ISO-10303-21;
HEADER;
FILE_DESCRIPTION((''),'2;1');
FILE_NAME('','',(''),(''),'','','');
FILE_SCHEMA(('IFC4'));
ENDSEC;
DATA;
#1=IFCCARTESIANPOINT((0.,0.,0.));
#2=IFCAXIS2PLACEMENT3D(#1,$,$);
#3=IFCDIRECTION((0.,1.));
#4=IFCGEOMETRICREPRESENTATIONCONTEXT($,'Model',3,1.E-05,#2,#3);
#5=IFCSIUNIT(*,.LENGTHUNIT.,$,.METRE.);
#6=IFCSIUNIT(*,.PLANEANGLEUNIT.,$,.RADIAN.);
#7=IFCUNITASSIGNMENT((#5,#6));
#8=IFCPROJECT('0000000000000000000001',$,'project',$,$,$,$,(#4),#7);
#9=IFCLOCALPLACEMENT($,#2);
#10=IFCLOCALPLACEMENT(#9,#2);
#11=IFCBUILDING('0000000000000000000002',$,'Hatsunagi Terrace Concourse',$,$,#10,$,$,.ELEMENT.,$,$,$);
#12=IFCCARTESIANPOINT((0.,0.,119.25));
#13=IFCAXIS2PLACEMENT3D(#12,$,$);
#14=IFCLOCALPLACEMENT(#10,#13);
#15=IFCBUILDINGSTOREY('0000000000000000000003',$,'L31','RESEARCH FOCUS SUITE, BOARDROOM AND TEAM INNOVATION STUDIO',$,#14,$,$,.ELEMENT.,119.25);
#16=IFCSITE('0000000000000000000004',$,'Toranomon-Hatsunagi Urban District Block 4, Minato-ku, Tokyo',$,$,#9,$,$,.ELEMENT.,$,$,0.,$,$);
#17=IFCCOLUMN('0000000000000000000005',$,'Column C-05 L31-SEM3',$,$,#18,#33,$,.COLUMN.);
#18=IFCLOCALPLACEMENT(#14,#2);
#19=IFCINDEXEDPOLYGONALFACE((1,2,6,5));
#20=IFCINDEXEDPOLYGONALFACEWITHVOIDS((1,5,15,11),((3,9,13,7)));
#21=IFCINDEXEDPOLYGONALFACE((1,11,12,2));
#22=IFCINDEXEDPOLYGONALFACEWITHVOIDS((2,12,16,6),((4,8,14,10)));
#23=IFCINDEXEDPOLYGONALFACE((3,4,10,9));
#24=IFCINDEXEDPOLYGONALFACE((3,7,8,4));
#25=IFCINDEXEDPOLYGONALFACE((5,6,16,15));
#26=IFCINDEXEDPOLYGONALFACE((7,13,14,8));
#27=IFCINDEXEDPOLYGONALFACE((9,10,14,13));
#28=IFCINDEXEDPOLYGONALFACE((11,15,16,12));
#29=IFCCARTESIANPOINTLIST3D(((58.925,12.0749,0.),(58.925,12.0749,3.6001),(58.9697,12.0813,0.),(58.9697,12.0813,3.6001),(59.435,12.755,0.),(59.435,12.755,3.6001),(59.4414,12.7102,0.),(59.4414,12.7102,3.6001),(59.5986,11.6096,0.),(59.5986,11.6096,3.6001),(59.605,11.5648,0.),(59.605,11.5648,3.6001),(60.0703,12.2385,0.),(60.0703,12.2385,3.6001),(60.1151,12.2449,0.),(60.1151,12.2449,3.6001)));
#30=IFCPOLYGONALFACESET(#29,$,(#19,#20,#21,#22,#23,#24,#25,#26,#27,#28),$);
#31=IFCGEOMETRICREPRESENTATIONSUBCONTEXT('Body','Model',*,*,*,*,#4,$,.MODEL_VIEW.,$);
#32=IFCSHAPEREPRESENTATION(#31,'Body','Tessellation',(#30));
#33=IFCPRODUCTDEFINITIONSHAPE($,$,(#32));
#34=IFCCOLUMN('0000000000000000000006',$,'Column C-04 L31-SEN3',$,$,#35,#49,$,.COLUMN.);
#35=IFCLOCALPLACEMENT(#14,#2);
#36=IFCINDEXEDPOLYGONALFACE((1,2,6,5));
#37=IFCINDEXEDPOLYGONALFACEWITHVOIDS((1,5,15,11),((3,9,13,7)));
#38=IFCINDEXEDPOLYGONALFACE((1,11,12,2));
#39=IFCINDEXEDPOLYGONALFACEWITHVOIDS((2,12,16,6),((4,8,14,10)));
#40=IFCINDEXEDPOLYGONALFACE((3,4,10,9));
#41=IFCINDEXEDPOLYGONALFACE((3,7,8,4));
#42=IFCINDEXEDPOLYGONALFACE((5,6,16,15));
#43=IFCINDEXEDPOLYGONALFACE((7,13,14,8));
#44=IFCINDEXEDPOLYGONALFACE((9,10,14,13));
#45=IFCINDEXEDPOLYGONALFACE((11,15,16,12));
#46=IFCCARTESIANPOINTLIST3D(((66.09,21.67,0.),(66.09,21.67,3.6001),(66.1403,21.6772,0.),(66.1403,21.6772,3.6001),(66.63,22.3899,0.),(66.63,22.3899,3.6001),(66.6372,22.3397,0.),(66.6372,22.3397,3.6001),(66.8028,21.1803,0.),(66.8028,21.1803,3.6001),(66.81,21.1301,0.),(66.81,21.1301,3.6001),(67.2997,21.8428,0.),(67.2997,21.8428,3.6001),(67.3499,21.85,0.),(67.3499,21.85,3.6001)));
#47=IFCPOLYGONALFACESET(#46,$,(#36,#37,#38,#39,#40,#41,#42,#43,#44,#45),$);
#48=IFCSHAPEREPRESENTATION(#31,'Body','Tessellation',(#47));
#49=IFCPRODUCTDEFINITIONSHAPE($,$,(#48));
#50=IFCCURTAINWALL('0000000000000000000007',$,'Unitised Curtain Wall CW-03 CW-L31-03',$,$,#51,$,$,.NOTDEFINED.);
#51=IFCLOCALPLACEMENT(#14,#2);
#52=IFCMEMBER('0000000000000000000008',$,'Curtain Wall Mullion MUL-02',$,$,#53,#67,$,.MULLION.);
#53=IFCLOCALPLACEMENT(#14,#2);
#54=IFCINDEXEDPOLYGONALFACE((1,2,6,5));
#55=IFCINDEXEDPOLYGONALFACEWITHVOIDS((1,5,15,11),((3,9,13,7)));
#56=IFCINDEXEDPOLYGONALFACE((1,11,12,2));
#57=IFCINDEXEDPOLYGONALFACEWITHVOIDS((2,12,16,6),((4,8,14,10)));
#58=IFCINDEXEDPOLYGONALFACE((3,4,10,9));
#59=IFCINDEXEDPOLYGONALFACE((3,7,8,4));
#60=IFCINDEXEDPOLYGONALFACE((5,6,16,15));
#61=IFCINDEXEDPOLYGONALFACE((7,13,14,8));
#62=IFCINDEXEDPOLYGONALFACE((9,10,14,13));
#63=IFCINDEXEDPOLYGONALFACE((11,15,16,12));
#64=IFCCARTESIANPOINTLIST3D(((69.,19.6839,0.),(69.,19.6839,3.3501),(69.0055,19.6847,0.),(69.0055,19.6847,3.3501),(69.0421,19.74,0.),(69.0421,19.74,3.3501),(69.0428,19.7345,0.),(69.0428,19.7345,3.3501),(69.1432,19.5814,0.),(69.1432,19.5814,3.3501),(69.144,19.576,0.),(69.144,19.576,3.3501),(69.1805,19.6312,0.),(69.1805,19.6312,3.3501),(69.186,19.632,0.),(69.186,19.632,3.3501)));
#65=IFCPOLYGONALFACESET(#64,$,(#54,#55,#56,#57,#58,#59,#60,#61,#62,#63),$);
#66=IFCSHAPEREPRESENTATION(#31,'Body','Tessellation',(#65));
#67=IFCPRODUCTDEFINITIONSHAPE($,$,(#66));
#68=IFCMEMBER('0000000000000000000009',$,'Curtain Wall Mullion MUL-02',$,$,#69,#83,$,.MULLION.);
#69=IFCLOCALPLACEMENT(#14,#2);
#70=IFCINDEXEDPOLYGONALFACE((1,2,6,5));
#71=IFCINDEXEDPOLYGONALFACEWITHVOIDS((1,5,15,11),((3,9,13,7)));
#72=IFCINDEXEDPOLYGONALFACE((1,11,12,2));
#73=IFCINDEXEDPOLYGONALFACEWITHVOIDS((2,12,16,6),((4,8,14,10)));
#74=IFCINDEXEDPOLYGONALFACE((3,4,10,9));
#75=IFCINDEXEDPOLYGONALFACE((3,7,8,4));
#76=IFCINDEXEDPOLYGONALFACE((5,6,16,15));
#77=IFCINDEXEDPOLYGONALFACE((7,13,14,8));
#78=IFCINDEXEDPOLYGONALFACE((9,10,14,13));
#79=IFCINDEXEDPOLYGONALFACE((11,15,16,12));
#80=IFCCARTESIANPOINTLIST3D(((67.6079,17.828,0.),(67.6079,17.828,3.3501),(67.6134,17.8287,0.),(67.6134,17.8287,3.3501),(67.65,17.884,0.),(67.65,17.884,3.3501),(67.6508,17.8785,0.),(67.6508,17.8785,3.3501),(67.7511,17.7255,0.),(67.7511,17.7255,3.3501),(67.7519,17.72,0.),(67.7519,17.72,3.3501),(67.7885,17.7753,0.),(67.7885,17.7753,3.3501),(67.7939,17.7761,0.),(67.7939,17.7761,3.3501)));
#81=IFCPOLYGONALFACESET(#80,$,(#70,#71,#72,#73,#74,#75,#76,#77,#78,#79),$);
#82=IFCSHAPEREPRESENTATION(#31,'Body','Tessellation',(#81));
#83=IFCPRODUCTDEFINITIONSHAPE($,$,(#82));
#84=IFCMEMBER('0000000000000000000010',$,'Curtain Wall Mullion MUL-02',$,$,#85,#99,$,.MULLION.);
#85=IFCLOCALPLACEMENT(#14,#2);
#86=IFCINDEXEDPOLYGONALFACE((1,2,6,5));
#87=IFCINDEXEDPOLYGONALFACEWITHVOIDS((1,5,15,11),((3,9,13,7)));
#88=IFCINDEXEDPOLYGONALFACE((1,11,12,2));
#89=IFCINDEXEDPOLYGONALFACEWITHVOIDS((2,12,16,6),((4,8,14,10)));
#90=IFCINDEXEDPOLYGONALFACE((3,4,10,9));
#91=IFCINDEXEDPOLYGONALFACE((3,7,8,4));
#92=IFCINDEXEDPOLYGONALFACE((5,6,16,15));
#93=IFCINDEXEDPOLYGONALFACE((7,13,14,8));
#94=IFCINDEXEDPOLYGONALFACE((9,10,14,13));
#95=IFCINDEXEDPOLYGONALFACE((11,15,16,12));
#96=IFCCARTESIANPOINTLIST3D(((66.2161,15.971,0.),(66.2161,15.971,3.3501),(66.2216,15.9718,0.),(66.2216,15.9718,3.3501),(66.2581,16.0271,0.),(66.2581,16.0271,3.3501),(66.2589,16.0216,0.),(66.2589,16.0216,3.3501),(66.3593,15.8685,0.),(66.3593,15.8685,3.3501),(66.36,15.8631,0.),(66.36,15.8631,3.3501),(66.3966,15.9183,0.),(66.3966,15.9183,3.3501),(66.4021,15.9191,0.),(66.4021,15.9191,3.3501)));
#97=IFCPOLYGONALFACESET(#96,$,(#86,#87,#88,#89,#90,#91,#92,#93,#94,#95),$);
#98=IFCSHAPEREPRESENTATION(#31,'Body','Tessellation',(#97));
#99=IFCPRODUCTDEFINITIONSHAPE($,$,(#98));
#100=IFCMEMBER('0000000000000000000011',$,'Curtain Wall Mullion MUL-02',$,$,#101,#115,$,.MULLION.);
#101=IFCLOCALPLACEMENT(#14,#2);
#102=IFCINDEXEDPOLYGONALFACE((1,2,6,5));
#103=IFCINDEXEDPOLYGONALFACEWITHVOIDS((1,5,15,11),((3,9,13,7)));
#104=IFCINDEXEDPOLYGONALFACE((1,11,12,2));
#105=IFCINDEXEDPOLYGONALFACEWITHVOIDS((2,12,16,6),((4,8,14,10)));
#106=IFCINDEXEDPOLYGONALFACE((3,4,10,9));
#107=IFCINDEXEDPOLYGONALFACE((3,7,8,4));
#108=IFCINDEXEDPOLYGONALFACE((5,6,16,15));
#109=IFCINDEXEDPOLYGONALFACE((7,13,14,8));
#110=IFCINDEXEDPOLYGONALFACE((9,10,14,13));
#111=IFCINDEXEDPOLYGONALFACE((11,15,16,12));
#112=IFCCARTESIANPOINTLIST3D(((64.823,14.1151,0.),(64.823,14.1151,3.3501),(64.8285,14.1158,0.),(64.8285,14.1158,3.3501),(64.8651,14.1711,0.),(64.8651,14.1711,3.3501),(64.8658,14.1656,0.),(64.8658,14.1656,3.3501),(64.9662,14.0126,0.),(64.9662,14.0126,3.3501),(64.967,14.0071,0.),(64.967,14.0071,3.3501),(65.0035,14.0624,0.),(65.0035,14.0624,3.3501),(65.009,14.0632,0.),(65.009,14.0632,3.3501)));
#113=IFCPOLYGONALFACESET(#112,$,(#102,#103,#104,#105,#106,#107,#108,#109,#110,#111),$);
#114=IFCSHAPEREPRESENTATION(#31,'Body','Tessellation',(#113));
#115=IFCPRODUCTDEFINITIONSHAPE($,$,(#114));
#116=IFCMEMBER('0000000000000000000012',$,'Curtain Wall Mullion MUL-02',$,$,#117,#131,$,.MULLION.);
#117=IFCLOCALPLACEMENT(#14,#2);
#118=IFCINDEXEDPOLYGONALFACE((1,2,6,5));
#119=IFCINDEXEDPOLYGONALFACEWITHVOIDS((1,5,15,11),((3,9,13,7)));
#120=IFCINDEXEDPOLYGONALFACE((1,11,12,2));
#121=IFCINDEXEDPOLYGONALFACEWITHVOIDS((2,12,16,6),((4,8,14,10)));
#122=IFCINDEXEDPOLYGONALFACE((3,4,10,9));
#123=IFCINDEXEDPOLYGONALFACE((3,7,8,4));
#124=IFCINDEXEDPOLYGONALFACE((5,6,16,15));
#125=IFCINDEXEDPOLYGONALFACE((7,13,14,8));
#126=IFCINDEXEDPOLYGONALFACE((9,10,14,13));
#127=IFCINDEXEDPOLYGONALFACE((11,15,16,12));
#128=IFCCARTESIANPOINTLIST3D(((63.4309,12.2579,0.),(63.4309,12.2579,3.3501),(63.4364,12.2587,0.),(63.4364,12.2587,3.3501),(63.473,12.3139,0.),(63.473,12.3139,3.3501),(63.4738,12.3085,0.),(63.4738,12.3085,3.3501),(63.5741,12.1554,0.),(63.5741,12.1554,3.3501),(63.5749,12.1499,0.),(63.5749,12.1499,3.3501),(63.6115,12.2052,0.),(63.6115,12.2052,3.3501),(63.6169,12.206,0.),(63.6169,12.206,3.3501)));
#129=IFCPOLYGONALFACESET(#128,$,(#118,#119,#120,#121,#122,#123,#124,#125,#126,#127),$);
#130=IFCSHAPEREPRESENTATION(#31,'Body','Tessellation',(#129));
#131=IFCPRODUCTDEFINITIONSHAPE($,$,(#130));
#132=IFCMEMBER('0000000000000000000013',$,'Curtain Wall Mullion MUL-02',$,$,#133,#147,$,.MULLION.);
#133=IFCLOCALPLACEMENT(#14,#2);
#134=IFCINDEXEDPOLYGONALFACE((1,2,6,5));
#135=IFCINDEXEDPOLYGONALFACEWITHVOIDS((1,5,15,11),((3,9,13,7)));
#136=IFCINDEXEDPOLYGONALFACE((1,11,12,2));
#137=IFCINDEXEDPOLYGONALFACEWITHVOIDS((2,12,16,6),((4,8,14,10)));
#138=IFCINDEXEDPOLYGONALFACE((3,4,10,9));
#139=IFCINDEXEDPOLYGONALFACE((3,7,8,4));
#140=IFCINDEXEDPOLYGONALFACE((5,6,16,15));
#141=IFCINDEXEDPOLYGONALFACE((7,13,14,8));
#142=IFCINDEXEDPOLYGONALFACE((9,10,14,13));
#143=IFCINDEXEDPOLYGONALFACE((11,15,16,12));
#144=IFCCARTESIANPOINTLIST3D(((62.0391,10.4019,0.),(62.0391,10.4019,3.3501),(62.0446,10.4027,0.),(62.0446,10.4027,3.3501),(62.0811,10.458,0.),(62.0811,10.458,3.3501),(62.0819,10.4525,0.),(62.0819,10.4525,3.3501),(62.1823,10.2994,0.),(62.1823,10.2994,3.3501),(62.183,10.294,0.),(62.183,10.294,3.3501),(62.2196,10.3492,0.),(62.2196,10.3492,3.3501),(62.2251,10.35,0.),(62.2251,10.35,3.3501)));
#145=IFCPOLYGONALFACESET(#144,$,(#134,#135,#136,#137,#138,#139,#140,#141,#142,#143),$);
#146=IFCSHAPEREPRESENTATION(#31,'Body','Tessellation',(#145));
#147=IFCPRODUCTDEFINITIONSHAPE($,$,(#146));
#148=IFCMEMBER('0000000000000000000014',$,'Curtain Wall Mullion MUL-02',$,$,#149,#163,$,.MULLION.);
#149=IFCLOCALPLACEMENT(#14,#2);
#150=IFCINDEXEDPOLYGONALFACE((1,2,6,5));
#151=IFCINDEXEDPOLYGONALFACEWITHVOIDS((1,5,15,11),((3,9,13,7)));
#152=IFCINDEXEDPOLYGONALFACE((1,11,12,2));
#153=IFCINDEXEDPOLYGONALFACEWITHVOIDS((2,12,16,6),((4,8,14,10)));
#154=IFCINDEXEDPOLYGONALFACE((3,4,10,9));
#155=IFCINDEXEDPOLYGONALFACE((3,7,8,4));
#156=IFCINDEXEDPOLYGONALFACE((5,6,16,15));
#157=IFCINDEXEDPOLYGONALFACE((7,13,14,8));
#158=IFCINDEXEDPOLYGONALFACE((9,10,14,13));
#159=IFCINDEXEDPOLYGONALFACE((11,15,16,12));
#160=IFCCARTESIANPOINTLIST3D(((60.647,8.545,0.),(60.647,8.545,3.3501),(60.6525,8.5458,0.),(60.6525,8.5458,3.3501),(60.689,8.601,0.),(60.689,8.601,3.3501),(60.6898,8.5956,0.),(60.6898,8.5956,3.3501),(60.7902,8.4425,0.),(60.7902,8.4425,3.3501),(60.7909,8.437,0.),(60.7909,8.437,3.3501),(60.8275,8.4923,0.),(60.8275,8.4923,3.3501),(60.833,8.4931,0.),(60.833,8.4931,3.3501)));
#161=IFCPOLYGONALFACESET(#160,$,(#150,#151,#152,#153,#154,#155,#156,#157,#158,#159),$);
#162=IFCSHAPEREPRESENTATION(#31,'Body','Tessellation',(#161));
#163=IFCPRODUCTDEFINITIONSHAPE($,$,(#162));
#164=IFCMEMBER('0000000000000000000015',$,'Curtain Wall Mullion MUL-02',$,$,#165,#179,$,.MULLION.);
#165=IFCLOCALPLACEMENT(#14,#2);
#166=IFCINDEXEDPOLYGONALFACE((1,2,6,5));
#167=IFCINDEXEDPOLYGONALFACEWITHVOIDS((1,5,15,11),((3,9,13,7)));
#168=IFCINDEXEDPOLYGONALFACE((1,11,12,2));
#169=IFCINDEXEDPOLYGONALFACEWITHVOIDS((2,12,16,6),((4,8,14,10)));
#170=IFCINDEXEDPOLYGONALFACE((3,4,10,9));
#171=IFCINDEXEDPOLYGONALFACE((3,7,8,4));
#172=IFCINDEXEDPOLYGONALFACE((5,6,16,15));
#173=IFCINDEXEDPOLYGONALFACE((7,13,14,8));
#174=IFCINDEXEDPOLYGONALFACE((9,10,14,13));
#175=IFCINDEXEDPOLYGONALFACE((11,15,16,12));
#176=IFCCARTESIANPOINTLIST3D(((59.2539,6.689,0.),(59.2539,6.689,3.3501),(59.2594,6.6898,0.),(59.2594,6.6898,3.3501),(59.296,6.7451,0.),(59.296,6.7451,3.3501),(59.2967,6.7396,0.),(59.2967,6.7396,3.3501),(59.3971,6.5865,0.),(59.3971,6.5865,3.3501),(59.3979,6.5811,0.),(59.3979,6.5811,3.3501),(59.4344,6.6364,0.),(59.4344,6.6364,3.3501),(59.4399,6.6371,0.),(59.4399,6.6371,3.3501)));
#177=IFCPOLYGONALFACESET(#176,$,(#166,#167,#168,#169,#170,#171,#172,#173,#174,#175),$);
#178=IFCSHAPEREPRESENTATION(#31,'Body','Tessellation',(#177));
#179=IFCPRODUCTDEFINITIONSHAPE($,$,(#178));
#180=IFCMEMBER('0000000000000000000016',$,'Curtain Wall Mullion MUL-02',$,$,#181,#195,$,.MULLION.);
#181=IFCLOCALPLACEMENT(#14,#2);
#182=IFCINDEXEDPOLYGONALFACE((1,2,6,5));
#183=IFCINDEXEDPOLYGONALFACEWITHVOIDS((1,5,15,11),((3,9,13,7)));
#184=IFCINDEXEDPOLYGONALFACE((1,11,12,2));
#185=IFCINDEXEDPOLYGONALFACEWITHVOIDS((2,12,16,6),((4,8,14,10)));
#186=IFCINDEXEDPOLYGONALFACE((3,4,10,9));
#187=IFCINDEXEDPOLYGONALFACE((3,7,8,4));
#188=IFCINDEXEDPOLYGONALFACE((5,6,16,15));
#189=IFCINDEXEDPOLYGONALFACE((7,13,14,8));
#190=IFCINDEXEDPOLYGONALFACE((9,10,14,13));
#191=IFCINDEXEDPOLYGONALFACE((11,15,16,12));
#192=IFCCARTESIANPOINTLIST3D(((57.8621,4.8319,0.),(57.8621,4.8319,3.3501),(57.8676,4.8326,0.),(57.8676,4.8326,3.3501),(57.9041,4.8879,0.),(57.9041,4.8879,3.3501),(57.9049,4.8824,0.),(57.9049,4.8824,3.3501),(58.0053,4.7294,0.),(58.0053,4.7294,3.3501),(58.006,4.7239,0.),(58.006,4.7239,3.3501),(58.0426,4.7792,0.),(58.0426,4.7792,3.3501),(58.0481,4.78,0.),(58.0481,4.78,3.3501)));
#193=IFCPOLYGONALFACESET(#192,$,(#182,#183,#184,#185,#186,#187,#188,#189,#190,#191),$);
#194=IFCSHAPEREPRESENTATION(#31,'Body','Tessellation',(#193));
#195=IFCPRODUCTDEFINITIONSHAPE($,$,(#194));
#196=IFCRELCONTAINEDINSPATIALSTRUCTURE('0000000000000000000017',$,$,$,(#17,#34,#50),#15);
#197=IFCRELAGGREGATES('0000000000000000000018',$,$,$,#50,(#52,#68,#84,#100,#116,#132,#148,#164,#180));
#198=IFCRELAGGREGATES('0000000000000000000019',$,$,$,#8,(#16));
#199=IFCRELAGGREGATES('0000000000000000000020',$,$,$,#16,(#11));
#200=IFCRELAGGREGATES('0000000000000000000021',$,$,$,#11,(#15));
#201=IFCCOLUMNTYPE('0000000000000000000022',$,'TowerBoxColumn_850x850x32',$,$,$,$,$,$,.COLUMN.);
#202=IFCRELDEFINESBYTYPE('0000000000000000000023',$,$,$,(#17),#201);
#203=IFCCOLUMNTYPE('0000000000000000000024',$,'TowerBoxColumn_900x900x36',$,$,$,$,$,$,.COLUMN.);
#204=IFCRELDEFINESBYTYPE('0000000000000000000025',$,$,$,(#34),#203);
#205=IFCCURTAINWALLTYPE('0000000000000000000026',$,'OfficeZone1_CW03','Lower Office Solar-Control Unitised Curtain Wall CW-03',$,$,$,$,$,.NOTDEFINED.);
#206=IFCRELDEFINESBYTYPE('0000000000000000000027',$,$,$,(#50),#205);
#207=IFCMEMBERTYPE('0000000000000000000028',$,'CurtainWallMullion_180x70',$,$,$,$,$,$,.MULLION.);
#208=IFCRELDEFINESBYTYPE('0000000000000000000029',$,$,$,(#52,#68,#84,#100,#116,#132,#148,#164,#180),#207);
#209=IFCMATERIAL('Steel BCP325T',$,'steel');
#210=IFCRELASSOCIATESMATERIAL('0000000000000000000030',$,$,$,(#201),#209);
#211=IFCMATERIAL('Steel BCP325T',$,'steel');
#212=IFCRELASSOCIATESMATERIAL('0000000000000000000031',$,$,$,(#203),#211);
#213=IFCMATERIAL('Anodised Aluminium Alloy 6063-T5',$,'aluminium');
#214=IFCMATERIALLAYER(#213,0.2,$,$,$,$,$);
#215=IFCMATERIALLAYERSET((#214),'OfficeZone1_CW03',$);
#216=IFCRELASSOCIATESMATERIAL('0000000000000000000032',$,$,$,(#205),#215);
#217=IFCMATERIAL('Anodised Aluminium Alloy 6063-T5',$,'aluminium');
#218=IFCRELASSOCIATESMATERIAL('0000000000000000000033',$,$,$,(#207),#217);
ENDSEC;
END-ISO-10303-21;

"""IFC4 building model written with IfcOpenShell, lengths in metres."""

from ifc_helpers import new_model, si_unit, direction, frame, origin, origin_2d, place, context, subcontext, project, spatial, hollow_rectangle, extrude, material, layer, layer_set, material_profile, profile_set, type_object, element, aggregate, save


model = new_model("IFC4")

# Units and contexts
model_context = context("Model", 3, precision=1e-05, world=origin(), true_north=direction((0.0, 1.0)))
body_context = subcontext(model_context, "Body", "Model", "MODEL_VIEW")
ifc_project = project(units=[si_unit("LENGTHUNIT", "METRE"), si_unit("PLANEANGLEUNIT", "RADIAN")], contexts=[model_context])

# Site, building, storey
site_placement = place(None, origin())
site = spatial("IfcSite", under=ifc_project, at=site_placement, Name="Toranomon-Hatsunagi Urban District Block 4, Minato-ku, Tokyo", CompositionType="ELEMENT", RefElevation=0.0)
building_placement = place(site_placement, origin())
building = spatial("IfcBuilding", under=site, at=building_placement, Name="Hatsunagi Terrace Concourse", CompositionType="ELEMENT")
storey_placement = place(building_placement, frame((0.0, 0.0, 119.25)))
storey = spatial("IfcBuildingStorey", under=building, at=storey_placement, Name="L31", Description="RESEARCH FOCUS SUITE, BOARDROOM AND TEAM INNOVATION STUDIO", CompositionType="ELEMENT", Elevation=119.25)

# Columns
ifc_material_1 = material(Name="Steel BCP325T", Category="steel")
ifc_material_profile_1 = material_profile(ifc_material_1, hollow_rectangle(XDim=0.8501, YDim=0.8501, WallThickness=0.032, at=origin_2d()), Name="BCP-850x850x32")
ifc_profile_set_1 = profile_set([ifc_material_profile_1], Name="Steel BCP325T")
column_type_1 = type_object("IfcColumnType", Name="TowerBoxColumn_850x850x32", PredefinedType="COLUMN", material=ifc_profile_set_1)
column_1_placement = place(storey_placement, frame((59.52, 12.1599, 0.0), z_axis=(0.0, 0.0, 1.0), x_axis=(0.8, -0.6, 0.0)))
element("IfcColumn", 1, at=column_1_placement, inside=storey, type_object=column_type_1, Name="Column C-05 L31-SEM3", PredefinedType="COLUMN", context=body_context, shape_type="SweptSolid", body=[
    extrude(hollow_rectangle(XDim=0.8501, YDim=0.8501, WallThickness=0.032, at=origin_2d()), origin(), (0.0, 0.0, 1.0), 3.6001),
])
ifc_material_2 = material(Name="Steel BCP325T", Category="steel")
ifc_material_profile_2 = material_profile(ifc_material_2, hollow_rectangle(XDim=0.8999, YDim=0.8999, WallThickness=0.0359, at=origin_2d()), Name="BCP-900x900x36")
ifc_profile_set_2 = profile_set([ifc_material_profile_2], Name="Steel BCP325T")
column_type_2 = type_object("IfcColumnType", Name="TowerBoxColumn_900x900x36", PredefinedType="COLUMN", material=ifc_profile_set_2)
column_2_placement = place(storey_placement, frame((66.72, 21.76, 0.0), z_axis=(0.0, 0.0, 1.0), x_axis=(0.8, -0.6, 0.0)))
element("IfcColumn", 2, at=column_2_placement, inside=storey, type_object=column_type_2, Name="Column C-04 L31-SEN3", PredefinedType="COLUMN", context=body_context, shape_type="SweptSolid", body=[
    extrude(hollow_rectangle(XDim=0.8999, YDim=0.8999, WallThickness=0.0359, at=origin_2d()), origin(), (0.0, 0.0, 1.0), 3.6001),
])

# Curtain wall, members
ifc_material_3 = material(Name="Anodised Aluminium Alloy 6063-T5", Category="aluminium")
ifc_layer_1 = layer(ifc_material_3, 0.2)
ifc_layer_set_1 = layer_set([ifc_layer_1], Name="OfficeZone1_CW03")
curtain_wall_type = type_object("IfcCurtainWallType", Name="OfficeZone1_CW03", Description="Lower Office Solar-Control Unitised Curtain Wall CW-03", PredefinedType="NOTDEFINED", material=ifc_layer_set_1)
curtain_wall_placement = place(storey_placement, origin())
curtain_wall = element("IfcCurtainWall", 3, at=curtain_wall_placement, inside=storey, type_object=curtain_wall_type, Name="Unitised Curtain Wall CW-03 CW-L31-03", PredefinedType="NOTDEFINED")
ifc_material_4 = material(Name="Anodised Aluminium Alloy 6063-T5", Category="aluminium")
ifc_material_profile_3 = material_profile(ifc_material_4, hollow_rectangle(XDim=0.0701, YDim=0.1799, WallThickness=0.0039, at=origin_2d()), Name="ALU-MUL-180x70x4")
ifc_profile_set_3 = profile_set([ifc_material_profile_3], Name="Anodised Aluminium Alloy 6063-T5")
member_type_1 = type_object("IfcMemberType", Name="CurtainWallMullion_180x70", PredefinedType="MULLION", material=ifc_profile_set_3)
member_1_placement = place(storey_placement, frame((69.093, 19.658, 0.0), z_axis=(0.0, 0.0, 1.0), x_axis=(-0.599969, -0.800023, 0.0)))
member_1 = element("IfcMember", 4, at=member_1_placement, type_object=member_type_1, Name="Curtain Wall Mullion MUL-02", PredefinedType="MULLION", context=body_context, shape_type="SweptSolid", body=[
    extrude(hollow_rectangle(XDim=0.0701, YDim=0.1799, WallThickness=0.0039, at=origin_2d()), origin(), (0.0, 0.0, 1.0), 3.3501),
])
member_2_placement = place(storey_placement, frame((67.7009, 17.802, 0.0), z_axis=(0.0, 0.0, 1.0), x_axis=(-0.599969, -0.800023, 0.0)))
member_2 = element("IfcMember", 5, at=member_2_placement, type_object=member_type_1, Name="Curtain Wall Mullion MUL-02", PredefinedType="MULLION", context=body_context, shape_type="SweptSolid", body=[
    extrude(hollow_rectangle(XDim=0.0701, YDim=0.1799, WallThickness=0.0039, at=origin_2d()), origin(), (0.0, 0.0, 1.0), 3.3501),
])
member_3_placement = place(storey_placement, frame((66.3091, 15.9451, 0.0), z_axis=(0.0, 0.0, 1.0), x_axis=(-0.599969, -0.800023, 0.0)))
member_3 = element("IfcMember", 6, at=member_3_placement, type_object=member_type_1, Name="Curtain Wall Mullion MUL-02", PredefinedType="MULLION", context=body_context, shape_type="SweptSolid", body=[
    extrude(hollow_rectangle(XDim=0.0701, YDim=0.1799, WallThickness=0.0039, at=origin_2d()), origin(), (0.0, 0.0, 1.0), 3.3501),
])
member_4_placement = place(storey_placement, frame((64.916, 14.0891, 0.0), z_axis=(0.0, 0.0, 1.0), x_axis=(-0.599969, -0.800023, 0.0)))
member_4 = element("IfcMember", 7, at=member_4_placement, type_object=member_type_1, Name="Curtain Wall Mullion MUL-02", PredefinedType="MULLION", context=body_context, shape_type="SweptSolid", body=[
    extrude(hollow_rectangle(XDim=0.0701, YDim=0.1799, WallThickness=0.0039, at=origin_2d()), origin(), (0.0, 0.0, 1.0), 3.3501),
])
member_5_placement = place(storey_placement, frame((63.5239, 12.2319, 0.0), z_axis=(0.0, 0.0, 1.0), x_axis=(-0.599969, -0.800023, 0.0)))
member_5 = element("IfcMember", 8, at=member_5_placement, type_object=member_type_1, Name="Curtain Wall Mullion MUL-02", PredefinedType="MULLION", context=body_context, shape_type="SweptSolid", body=[
    extrude(hollow_rectangle(XDim=0.0701, YDim=0.1799, WallThickness=0.0039, at=origin_2d()), origin(), (0.0, 0.0, 1.0), 3.3501),
])
member_6_placement = place(storey_placement, frame((62.1321, 10.376, 0.0), z_axis=(0.0, 0.0, 1.0), x_axis=(-0.599969, -0.800023, 0.0)))
member_6 = element("IfcMember", 9, at=member_6_placement, type_object=member_type_1, Name="Curtain Wall Mullion MUL-02", PredefinedType="MULLION", context=body_context, shape_type="SweptSolid", body=[
    extrude(hollow_rectangle(XDim=0.0701, YDim=0.1799, WallThickness=0.0039, at=origin_2d()), origin(), (0.0, 0.0, 1.0), 3.3501),
])
member_7_placement = place(storey_placement, frame((60.74, 8.519, 0.0), z_axis=(0.0, 0.0, 1.0), x_axis=(-0.599969, -0.800023, 0.0)))
member_7 = element("IfcMember", 10, at=member_7_placement, type_object=member_type_1, Name="Curtain Wall Mullion MUL-02", PredefinedType="MULLION", context=body_context, shape_type="SweptSolid", body=[
    extrude(hollow_rectangle(XDim=0.0701, YDim=0.1799, WallThickness=0.0039, at=origin_2d()), origin(), (0.0, 0.0, 1.0), 3.3501),
])
member_8_placement = place(storey_placement, frame((59.3469, 6.6631, 0.0), z_axis=(0.0, 0.0, 1.0), x_axis=(-0.599969, -0.800023, 0.0)))
member_8 = element("IfcMember", 11, at=member_8_placement, type_object=member_type_1, Name="Curtain Wall Mullion MUL-02", PredefinedType="MULLION", context=body_context, shape_type="SweptSolid", body=[
    extrude(hollow_rectangle(XDim=0.0701, YDim=0.1799, WallThickness=0.0039, at=origin_2d()), origin(), (0.0, 0.0, 1.0), 3.3501),
])
member_9_placement = place(storey_placement, frame((57.9551, 4.8059, 0.0), z_axis=(0.0, 0.0, 1.0), x_axis=(-0.599969, -0.800023, 0.0)))
member_9 = element("IfcMember", 12, at=member_9_placement, type_object=member_type_1, Name="Curtain Wall Mullion MUL-02", PredefinedType="MULLION", context=body_context, shape_type="SweptSolid", body=[
    extrude(hollow_rectangle(XDim=0.0701, YDim=0.1799, WallThickness=0.0039, at=origin_2d()), origin(), (0.0, 0.0, 1.0), 3.3501),
])

aggregate(curtain_wall, [member_1, member_2, member_3, member_4, member_5, member_6, member_7, member_8, member_9])

save(model, "model.ifc")
